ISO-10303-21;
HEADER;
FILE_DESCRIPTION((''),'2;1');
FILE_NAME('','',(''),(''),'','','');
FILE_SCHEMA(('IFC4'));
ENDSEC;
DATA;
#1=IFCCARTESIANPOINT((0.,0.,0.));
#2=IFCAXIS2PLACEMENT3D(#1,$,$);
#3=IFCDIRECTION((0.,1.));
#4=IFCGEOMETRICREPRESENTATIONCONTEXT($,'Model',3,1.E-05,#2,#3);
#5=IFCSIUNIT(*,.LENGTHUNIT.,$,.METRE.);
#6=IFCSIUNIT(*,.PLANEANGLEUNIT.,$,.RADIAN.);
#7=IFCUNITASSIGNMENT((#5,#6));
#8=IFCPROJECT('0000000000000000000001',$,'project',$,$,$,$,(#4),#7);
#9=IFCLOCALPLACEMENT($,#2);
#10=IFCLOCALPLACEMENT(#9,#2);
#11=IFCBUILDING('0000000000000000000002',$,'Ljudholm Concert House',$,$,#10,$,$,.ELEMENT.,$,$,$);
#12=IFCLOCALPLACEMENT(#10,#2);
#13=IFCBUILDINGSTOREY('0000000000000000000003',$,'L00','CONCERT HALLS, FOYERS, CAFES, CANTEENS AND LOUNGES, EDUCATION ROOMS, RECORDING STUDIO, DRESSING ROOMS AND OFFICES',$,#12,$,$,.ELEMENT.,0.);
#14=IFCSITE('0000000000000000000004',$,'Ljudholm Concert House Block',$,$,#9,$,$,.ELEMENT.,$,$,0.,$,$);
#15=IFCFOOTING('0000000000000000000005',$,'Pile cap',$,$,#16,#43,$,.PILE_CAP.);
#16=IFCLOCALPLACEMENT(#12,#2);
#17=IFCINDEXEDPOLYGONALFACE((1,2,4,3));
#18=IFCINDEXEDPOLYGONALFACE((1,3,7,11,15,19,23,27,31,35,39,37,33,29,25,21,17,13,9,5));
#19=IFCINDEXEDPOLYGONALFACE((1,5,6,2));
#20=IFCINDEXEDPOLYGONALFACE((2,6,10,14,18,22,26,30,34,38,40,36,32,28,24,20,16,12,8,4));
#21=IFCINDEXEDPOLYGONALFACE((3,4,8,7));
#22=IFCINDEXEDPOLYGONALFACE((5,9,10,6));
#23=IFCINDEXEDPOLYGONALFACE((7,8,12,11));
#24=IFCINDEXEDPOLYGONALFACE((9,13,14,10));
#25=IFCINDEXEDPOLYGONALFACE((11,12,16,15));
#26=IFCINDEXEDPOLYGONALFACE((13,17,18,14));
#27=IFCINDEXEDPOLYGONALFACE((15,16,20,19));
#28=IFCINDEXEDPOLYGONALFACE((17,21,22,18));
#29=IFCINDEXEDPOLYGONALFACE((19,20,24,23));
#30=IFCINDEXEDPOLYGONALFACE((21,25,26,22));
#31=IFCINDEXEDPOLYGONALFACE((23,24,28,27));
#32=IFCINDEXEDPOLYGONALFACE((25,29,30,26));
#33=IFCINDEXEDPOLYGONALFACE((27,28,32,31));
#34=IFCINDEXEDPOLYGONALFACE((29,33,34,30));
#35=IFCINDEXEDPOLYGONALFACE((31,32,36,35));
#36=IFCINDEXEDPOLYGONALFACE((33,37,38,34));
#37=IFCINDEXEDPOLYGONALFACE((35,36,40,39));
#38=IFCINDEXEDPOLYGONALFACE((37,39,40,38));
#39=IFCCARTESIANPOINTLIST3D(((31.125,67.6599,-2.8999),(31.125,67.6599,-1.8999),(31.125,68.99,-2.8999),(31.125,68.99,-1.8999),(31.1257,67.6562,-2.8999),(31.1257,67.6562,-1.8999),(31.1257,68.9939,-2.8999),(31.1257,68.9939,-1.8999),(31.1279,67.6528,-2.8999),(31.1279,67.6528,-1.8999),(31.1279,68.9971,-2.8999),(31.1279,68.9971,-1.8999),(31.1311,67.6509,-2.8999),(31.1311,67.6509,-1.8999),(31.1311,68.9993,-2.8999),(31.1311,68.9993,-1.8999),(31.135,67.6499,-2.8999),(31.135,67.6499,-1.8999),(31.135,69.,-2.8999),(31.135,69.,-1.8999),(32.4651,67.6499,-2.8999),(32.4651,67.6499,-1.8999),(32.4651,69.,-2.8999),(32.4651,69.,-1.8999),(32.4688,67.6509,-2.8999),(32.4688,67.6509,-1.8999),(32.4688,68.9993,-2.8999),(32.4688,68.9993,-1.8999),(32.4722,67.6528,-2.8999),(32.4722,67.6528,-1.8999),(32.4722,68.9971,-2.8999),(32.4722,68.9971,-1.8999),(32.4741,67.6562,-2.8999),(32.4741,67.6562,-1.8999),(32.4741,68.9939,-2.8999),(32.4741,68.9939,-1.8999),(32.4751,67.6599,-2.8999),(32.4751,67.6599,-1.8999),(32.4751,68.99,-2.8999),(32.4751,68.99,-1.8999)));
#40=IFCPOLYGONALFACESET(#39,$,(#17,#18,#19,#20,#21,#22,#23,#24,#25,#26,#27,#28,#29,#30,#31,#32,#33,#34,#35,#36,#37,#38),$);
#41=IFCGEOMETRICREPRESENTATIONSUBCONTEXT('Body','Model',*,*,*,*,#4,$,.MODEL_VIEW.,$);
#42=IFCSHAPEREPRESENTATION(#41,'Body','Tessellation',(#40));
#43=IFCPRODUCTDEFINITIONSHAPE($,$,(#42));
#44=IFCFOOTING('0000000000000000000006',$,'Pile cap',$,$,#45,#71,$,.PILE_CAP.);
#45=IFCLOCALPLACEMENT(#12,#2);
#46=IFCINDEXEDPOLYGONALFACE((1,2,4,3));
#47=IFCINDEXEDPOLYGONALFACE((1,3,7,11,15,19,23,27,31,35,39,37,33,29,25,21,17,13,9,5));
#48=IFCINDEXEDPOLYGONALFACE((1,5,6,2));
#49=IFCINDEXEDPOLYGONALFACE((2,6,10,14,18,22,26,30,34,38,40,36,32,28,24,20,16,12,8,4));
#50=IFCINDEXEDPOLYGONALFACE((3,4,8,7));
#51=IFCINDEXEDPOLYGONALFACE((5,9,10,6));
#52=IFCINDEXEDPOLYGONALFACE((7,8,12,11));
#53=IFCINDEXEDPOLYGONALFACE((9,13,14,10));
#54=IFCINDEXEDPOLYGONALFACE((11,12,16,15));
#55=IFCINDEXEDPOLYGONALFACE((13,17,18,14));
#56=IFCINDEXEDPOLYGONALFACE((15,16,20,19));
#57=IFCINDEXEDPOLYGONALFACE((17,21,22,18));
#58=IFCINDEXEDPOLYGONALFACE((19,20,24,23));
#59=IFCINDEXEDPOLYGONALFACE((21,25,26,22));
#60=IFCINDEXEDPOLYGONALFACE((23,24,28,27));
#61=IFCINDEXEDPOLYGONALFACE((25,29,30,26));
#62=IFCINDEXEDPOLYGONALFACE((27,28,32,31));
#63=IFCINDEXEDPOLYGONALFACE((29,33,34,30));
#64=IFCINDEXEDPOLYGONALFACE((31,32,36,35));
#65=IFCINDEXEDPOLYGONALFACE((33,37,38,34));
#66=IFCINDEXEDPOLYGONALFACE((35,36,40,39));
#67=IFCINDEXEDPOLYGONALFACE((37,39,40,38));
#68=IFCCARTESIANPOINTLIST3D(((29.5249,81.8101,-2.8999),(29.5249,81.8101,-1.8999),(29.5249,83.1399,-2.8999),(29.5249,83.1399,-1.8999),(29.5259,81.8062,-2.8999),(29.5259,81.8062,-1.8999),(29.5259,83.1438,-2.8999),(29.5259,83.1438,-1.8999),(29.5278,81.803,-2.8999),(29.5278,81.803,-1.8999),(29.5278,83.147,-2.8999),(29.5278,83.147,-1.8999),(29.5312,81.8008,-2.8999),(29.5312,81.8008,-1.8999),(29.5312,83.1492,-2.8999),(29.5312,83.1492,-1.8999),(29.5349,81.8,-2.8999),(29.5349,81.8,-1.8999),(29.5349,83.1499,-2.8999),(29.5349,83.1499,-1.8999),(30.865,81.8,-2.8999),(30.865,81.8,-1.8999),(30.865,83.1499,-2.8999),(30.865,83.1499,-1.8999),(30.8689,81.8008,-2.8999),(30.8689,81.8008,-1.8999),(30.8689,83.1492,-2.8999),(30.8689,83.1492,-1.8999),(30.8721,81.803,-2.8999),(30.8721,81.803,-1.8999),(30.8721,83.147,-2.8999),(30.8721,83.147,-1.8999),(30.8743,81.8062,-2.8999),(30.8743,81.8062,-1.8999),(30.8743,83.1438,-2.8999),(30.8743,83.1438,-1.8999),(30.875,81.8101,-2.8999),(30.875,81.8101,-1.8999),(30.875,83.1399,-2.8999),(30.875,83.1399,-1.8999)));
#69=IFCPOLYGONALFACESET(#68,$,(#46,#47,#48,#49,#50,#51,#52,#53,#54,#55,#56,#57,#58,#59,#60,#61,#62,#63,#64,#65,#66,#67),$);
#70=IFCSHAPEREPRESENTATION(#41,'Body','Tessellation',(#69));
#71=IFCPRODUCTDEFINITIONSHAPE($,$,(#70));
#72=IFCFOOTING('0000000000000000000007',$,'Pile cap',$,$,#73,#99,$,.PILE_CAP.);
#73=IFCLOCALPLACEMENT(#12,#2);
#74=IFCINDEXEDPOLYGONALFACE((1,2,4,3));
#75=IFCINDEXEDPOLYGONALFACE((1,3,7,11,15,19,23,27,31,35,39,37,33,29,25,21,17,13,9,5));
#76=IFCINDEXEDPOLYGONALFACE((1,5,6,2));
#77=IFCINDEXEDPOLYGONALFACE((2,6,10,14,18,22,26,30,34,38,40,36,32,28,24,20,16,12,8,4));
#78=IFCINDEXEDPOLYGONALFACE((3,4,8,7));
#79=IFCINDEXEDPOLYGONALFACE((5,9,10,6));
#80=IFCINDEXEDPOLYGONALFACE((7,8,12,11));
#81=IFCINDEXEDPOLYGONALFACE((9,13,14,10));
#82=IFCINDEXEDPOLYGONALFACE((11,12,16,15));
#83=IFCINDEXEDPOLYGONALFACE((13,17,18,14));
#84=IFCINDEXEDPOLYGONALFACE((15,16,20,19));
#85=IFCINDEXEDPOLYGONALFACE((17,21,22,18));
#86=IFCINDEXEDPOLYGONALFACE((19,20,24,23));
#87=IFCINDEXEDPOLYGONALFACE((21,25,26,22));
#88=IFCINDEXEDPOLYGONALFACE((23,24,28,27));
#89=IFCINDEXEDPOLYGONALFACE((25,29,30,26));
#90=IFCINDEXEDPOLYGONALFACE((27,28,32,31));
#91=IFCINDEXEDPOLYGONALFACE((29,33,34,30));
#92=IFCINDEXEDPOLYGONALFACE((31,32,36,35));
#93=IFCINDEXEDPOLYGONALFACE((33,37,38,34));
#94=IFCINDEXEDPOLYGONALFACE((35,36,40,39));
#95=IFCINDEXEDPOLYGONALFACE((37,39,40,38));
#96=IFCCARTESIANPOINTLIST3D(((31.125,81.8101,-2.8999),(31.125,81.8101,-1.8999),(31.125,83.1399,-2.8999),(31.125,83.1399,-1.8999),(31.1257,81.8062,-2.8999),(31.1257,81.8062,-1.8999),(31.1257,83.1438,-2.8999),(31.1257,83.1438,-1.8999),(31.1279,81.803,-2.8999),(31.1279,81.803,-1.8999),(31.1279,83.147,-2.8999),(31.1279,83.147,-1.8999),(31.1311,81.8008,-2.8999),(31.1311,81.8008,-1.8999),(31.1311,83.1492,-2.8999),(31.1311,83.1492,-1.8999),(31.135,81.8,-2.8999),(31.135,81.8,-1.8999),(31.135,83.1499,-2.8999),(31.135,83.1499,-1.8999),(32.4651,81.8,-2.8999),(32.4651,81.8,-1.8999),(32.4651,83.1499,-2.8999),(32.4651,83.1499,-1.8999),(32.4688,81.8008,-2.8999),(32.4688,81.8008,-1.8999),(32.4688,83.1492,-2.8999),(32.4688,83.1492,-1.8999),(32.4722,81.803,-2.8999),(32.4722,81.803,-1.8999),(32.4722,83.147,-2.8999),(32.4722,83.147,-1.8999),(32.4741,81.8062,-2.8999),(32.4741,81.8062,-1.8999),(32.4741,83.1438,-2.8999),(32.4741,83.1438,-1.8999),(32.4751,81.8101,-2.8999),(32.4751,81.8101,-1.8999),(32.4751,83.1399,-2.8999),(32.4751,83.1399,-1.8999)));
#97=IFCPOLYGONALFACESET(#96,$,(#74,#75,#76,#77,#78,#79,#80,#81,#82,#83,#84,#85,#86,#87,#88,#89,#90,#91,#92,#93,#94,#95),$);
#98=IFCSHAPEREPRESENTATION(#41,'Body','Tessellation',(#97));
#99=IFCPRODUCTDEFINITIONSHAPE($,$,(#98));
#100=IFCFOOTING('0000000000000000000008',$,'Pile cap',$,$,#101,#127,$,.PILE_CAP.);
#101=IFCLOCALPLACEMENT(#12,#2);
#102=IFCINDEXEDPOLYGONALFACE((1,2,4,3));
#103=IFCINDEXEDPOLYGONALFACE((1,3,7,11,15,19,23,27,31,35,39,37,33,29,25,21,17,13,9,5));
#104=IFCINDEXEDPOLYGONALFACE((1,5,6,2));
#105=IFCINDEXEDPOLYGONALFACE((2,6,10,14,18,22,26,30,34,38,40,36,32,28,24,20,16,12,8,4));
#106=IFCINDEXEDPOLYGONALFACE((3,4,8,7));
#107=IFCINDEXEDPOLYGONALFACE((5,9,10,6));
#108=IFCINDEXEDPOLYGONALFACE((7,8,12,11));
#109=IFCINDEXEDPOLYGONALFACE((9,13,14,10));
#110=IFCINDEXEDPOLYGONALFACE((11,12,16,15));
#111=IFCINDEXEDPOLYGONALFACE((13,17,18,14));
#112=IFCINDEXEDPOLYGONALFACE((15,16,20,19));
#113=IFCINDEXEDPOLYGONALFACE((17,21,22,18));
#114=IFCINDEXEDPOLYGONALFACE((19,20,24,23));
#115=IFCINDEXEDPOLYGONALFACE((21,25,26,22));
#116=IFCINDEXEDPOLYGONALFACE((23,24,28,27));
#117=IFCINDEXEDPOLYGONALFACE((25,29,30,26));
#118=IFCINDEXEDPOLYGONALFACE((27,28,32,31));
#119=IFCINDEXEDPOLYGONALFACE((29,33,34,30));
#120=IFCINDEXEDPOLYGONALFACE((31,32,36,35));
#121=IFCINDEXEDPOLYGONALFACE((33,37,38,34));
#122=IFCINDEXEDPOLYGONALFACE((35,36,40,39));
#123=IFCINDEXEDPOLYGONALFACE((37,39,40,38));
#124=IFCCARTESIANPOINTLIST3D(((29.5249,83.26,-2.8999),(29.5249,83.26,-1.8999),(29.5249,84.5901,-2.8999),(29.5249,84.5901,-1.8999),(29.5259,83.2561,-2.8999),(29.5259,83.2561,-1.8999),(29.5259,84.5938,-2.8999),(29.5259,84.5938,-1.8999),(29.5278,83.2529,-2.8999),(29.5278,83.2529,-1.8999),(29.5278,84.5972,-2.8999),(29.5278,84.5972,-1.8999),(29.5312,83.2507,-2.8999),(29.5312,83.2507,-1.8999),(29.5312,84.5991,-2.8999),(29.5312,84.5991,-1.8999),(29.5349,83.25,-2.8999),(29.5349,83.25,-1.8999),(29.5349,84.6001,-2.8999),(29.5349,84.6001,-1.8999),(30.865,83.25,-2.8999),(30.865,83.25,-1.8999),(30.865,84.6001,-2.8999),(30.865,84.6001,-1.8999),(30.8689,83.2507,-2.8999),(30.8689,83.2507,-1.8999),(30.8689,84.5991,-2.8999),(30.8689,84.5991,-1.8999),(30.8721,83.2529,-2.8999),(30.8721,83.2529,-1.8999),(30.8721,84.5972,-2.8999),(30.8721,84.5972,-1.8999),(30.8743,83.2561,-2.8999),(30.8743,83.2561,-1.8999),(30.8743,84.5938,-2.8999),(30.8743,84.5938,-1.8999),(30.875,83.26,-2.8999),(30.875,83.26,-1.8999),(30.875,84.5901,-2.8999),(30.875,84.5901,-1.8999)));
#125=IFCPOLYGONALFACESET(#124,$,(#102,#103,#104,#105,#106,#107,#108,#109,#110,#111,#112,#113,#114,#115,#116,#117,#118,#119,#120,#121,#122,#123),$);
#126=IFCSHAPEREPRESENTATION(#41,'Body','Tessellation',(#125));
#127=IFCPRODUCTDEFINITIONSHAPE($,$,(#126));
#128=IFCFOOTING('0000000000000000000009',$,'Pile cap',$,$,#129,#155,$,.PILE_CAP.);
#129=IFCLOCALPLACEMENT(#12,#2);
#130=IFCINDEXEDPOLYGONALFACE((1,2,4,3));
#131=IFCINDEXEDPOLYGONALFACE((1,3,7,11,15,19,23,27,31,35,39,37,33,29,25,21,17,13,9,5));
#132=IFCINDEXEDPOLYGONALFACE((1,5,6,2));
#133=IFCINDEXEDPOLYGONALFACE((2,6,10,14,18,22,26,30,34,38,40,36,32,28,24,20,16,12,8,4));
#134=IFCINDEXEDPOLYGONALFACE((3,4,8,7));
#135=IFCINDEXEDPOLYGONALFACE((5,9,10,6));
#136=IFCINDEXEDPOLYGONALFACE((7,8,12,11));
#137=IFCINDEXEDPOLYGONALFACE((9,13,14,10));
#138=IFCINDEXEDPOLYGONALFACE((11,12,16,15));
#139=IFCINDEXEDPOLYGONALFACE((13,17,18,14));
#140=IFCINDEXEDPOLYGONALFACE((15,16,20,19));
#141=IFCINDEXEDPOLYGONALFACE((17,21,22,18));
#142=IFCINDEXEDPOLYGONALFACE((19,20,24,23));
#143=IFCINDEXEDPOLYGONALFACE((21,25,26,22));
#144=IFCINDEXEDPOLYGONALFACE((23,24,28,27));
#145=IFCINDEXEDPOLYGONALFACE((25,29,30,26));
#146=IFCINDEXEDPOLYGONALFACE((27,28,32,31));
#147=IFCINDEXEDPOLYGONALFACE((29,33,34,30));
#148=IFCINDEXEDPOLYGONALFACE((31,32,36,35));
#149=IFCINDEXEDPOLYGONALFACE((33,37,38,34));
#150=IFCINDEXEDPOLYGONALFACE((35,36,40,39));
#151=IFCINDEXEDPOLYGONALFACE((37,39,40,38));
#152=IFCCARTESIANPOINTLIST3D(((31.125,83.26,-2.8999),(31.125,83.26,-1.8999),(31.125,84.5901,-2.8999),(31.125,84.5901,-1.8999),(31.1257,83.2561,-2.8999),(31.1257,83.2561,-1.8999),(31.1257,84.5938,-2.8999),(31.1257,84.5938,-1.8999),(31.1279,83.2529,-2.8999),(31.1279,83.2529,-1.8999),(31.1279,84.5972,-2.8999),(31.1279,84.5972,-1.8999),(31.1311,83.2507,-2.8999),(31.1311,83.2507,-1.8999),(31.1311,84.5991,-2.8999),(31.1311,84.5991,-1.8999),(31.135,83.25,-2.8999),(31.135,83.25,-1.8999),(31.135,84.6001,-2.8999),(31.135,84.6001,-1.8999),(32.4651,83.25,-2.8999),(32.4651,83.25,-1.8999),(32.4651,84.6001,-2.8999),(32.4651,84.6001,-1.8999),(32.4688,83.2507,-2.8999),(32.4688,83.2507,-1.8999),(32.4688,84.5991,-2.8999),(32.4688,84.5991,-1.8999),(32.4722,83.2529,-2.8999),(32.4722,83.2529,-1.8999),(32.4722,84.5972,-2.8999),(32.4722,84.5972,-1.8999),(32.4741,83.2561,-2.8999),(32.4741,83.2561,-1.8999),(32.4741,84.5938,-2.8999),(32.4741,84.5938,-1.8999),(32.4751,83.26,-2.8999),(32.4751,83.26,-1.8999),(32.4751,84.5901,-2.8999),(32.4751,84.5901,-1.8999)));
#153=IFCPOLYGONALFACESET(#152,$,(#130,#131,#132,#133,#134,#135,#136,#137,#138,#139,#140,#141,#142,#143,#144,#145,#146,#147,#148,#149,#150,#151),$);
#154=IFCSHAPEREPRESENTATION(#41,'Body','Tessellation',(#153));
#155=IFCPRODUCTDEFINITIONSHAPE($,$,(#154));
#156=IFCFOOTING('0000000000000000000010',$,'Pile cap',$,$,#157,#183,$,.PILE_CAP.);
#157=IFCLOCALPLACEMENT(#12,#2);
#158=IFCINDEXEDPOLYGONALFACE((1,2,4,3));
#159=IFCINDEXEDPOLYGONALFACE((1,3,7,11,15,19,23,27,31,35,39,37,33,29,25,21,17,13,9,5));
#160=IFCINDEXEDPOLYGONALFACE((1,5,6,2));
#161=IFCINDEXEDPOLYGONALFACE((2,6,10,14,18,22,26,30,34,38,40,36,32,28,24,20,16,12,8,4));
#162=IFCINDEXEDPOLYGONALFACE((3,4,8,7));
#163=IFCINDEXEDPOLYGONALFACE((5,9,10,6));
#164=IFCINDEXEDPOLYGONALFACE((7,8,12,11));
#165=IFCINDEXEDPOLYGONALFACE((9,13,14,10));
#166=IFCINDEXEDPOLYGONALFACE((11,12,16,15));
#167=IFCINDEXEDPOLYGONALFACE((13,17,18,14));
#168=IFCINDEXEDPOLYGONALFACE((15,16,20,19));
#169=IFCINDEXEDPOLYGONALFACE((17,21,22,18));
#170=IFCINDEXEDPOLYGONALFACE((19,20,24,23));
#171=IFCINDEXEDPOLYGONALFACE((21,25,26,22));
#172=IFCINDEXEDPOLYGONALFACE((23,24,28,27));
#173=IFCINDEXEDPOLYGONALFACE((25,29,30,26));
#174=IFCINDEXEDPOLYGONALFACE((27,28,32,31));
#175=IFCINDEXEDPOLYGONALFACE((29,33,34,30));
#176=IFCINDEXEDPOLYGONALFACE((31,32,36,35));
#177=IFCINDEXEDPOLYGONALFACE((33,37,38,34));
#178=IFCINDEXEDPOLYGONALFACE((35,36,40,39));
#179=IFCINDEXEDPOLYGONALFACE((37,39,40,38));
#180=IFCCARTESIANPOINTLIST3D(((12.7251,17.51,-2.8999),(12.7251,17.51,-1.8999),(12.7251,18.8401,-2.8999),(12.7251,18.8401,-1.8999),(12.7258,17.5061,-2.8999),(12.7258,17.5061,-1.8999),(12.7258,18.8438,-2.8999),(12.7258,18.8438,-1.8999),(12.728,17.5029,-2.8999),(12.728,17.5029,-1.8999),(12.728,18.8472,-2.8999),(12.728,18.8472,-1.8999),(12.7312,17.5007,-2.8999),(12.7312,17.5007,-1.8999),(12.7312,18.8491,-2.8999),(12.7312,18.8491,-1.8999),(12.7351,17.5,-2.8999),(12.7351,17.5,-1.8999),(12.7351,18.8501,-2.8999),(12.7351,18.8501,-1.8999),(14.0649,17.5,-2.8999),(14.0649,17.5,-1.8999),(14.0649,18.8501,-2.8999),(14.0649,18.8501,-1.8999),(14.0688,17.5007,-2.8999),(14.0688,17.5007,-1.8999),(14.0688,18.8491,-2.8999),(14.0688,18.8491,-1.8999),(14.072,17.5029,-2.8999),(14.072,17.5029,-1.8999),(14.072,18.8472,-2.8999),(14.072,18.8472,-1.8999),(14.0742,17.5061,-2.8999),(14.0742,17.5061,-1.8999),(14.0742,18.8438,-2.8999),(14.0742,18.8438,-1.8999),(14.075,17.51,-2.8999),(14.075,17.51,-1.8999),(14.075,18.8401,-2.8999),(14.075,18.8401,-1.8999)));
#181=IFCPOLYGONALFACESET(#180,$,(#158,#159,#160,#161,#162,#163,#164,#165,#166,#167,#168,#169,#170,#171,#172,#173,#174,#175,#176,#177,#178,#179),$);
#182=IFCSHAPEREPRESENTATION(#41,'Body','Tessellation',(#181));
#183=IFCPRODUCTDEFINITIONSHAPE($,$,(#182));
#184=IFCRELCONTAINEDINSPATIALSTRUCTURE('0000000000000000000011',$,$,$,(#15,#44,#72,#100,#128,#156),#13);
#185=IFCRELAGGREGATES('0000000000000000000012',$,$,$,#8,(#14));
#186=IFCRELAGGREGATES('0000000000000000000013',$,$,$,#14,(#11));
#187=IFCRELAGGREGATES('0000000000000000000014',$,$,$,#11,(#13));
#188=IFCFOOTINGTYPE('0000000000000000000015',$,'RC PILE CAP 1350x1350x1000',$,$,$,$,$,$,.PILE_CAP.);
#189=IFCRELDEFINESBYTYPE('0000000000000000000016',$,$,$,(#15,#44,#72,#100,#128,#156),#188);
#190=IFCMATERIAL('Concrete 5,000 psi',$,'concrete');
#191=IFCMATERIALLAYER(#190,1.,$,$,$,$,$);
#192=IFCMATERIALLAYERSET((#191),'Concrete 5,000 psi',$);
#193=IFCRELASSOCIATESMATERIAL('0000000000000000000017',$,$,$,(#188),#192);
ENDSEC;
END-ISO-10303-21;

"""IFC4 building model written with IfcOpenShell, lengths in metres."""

from ifc_helpers import new_model, si_unit, direction, frame, origin, place, context, subcontext, project, spatial, polyline, outline, extrude, material, layer, layer_set, type_object, element, save


model = new_model("IFC4")

# Units and contexts
model_context = context("Model", 3, precision=1e-05, world=origin(), true_north=direction((0.0, 1.0)))
body_context = subcontext(model_context, "Body", "Model", "MODEL_VIEW")
ifc_project = project(units=[si_unit("LENGTHUNIT", "METRE"), si_unit("PLANEANGLEUNIT", "RADIAN")], contexts=[model_context])

# Site, building, storey
site_placement = place(None, origin())
site = spatial("IfcSite", under=ifc_project, at=site_placement, Name="Ljudholm Concert House Block", CompositionType="ELEMENT", RefElevation=0.0)
building_placement = place(site_placement, origin())
building = spatial("IfcBuilding", under=site, at=building_placement, Name="Ljudholm Concert House", CompositionType="ELEMENT")
storey_placement = place(building_placement, origin())
storey = spatial("IfcBuildingStorey", under=building, at=storey_placement, Name="L00", Description="CONCERT HALLS, FOYERS, CAFES, CANTEENS AND LOUNGES, EDUCATION ROOMS, RECORDING STUDIO, DRESSING ROOMS AND OFFICES", CompositionType="ELEMENT", Elevation=0.0)

# Footings
ifc_material_1 = material(Name="Concrete 5,000 psi", Category="concrete")
ifc_layer_1 = layer(ifc_material_1, 1.0)
ifc_layer_set_1 = layer_set([ifc_layer_1], Name="Concrete 5,000 psi")
footing_type_1 = type_object("IfcFootingType", Name="RC PILE CAP 1350x1350x1000", PredefinedType="PILE_CAP", material=ifc_layer_set_1)
footing_1_placement = place(storey_placement, frame((0.0, 0.0, -2.8999)))
element("IfcFooting", 1, at=footing_1_placement, inside=storey, type_object=footing_type_1, Name="Pile cap", PredefinedType="PILE_CAP", context=body_context, shape_type="SweptSolid", body=[
    extrude(outline(polyline([(31.135, 67.6499), (32.4651, 67.6499), (32.4688, 67.6509), (32.4722, 67.6528), (32.4741, 67.6562), (32.4751, 67.6599), (32.4751, 68.99), (32.4741, 68.9939), (32.4722, 68.9971), (32.4688, 68.9993), (32.4651, 69.0), (31.135, 69.0), (31.1311, 68.9993), (31.1279, 68.9971), (31.1257, 68.9939), (31.125, 68.99), (31.125, 67.6599), (31.1257, 67.6562), (31.1279, 67.6528), (31.1311, 67.6509), (31.135, 67.6499)])), origin(), (0.0, 0.0, 1.0), 1.0),
])
footing_2_placement = place(storey_placement, frame((0.0, 0.0, -2.8999)))
element("IfcFooting", 2, at=footing_2_placement, inside=storey, type_object=footing_type_1, Name="Pile cap", PredefinedType="PILE_CAP", context=body_context, shape_type="SweptSolid", body=[
    extrude(outline(polyline([(29.5349, 81.8), (30.865, 81.8), (30.8689, 81.8008), (30.8721, 81.803), (30.8743, 81.8062), (30.875, 81.8101), (30.875, 83.1399), (30.8743, 83.1438), (30.8721, 83.147), (30.8689, 83.1492), (30.865, 83.1499), (29.5349, 83.1499), (29.5312, 83.1492), (29.5278, 83.147), (29.5259, 83.1438), (29.5249, 83.1399), (29.5249, 81.8101), (29.5259, 81.8062), (29.5278, 81.803), (29.5312, 81.8008), (29.5349, 81.8)])), origin(), (0.0, 0.0, 1.0), 1.0),
])
footing_3_placement = place(storey_placement, frame((0.0, 0.0, -2.8999)))
element("IfcFooting", 3, at=footing_3_placement, inside=storey, type_object=footing_type_1, Name="Pile cap", PredefinedType="PILE_CAP", context=body_context, shape_type="SweptSolid", body=[
    extrude(outline(polyline([(31.135, 81.8), (32.4651, 81.8), (32.4688, 81.8008), (32.4722, 81.803), (32.4741, 81.8062), (32.4751, 81.8101), (32.4751, 83.1399), (32.4741, 83.1438), (32.4722, 83.147), (32.4688, 83.1492), (32.4651, 83.1499), (31.135, 83.1499), (31.1311, 83.1492), (31.1279, 83.147), (31.1257, 83.1438), (31.125, 83.1399), (31.125, 81.8101), (31.1257, 81.8062), (31.1279, 81.803), (31.1311, 81.8008), (31.135, 81.8)])), origin(), (0.0, 0.0, 1.0), 1.0),
])
footing_4_placement = place(storey_placement, frame((0.0, 0.0, -2.8999)))
element("IfcFooting", 4, at=footing_4_placement, inside=storey, type_object=footing_type_1, Name="Pile cap", PredefinedType="PILE_CAP", context=body_context, shape_type="SweptSolid", body=[
    extrude(outline(polyline([(29.5349, 83.25), (30.865, 83.25), (30.8689, 83.2507), (30.8721, 83.2529), (30.8743, 83.2561), (30.875, 83.26), (30.875, 84.5901), (30.8743, 84.5938), (30.8721, 84.5972), (30.8689, 84.5991), (30.865, 84.6001), (29.5349, 84.6001), (29.5312, 84.5991), (29.5278, 84.5972), (29.5259, 84.5938), (29.5249, 84.5901), (29.5249, 83.26), (29.5259, 83.2561), (29.5278, 83.2529), (29.5312, 83.2507), (29.5349, 83.25)])), origin(), (0.0, 0.0, 1.0), 1.0),
])
footing_5_placement = place(storey_placement, frame((0.0, 0.0, -2.8999)))
element("IfcFooting", 5, at=footing_5_placement, inside=storey, type_object=footing_type_1, Name="Pile cap", PredefinedType="PILE_CAP", context=body_context, shape_type="SweptSolid", body=[
    extrude(outline(polyline([(31.135, 83.25), (32.4651, 83.25), (32.4688, 83.2507), (32.4722, 83.2529), (32.4741, 83.2561), (32.4751, 83.26), (32.4751, 84.5901), (32.4741, 84.5938), (32.4722, 84.5972), (32.4688, 84.5991), (32.4651, 84.6001), (31.135, 84.6001), (31.1311, 84.5991), (31.1279, 84.5972), (31.1257, 84.5938), (31.125, 84.5901), (31.125, 83.26), (31.1257, 83.2561), (31.1279, 83.2529), (31.1311, 83.2507), (31.135, 83.25)])), origin(), (0.0, 0.0, 1.0), 1.0),
])
footing_6_placement = place(storey_placement, frame((0.0, 0.0, -2.8999)))
element("IfcFooting", 6, at=footing_6_placement, inside=storey, type_object=footing_type_1, Name="Pile cap", PredefinedType="PILE_CAP", context=body_context, shape_type="SweptSolid", body=[
    extrude(outline(polyline([(12.7351, 17.5), (14.0649, 17.5), (14.0688, 17.5007), (14.072, 17.5029), (14.0742, 17.5061), (14.075, 17.51), (14.075, 18.8401), (14.0742, 18.8438), (14.072, 18.8472), (14.0688, 18.8491), (14.0649, 18.8501), (12.7351, 18.8501), (12.7312, 18.8491), (12.728, 18.8472), (12.7258, 18.8438), (12.7251, 18.8401), (12.7251, 17.51), (12.7258, 17.5061), (12.728, 17.5029), (12.7312, 17.5007), (12.7351, 17.5)])), origin(), (0.0, 0.0, 1.0), 1.0),
])

save(model, "model.ifc")
